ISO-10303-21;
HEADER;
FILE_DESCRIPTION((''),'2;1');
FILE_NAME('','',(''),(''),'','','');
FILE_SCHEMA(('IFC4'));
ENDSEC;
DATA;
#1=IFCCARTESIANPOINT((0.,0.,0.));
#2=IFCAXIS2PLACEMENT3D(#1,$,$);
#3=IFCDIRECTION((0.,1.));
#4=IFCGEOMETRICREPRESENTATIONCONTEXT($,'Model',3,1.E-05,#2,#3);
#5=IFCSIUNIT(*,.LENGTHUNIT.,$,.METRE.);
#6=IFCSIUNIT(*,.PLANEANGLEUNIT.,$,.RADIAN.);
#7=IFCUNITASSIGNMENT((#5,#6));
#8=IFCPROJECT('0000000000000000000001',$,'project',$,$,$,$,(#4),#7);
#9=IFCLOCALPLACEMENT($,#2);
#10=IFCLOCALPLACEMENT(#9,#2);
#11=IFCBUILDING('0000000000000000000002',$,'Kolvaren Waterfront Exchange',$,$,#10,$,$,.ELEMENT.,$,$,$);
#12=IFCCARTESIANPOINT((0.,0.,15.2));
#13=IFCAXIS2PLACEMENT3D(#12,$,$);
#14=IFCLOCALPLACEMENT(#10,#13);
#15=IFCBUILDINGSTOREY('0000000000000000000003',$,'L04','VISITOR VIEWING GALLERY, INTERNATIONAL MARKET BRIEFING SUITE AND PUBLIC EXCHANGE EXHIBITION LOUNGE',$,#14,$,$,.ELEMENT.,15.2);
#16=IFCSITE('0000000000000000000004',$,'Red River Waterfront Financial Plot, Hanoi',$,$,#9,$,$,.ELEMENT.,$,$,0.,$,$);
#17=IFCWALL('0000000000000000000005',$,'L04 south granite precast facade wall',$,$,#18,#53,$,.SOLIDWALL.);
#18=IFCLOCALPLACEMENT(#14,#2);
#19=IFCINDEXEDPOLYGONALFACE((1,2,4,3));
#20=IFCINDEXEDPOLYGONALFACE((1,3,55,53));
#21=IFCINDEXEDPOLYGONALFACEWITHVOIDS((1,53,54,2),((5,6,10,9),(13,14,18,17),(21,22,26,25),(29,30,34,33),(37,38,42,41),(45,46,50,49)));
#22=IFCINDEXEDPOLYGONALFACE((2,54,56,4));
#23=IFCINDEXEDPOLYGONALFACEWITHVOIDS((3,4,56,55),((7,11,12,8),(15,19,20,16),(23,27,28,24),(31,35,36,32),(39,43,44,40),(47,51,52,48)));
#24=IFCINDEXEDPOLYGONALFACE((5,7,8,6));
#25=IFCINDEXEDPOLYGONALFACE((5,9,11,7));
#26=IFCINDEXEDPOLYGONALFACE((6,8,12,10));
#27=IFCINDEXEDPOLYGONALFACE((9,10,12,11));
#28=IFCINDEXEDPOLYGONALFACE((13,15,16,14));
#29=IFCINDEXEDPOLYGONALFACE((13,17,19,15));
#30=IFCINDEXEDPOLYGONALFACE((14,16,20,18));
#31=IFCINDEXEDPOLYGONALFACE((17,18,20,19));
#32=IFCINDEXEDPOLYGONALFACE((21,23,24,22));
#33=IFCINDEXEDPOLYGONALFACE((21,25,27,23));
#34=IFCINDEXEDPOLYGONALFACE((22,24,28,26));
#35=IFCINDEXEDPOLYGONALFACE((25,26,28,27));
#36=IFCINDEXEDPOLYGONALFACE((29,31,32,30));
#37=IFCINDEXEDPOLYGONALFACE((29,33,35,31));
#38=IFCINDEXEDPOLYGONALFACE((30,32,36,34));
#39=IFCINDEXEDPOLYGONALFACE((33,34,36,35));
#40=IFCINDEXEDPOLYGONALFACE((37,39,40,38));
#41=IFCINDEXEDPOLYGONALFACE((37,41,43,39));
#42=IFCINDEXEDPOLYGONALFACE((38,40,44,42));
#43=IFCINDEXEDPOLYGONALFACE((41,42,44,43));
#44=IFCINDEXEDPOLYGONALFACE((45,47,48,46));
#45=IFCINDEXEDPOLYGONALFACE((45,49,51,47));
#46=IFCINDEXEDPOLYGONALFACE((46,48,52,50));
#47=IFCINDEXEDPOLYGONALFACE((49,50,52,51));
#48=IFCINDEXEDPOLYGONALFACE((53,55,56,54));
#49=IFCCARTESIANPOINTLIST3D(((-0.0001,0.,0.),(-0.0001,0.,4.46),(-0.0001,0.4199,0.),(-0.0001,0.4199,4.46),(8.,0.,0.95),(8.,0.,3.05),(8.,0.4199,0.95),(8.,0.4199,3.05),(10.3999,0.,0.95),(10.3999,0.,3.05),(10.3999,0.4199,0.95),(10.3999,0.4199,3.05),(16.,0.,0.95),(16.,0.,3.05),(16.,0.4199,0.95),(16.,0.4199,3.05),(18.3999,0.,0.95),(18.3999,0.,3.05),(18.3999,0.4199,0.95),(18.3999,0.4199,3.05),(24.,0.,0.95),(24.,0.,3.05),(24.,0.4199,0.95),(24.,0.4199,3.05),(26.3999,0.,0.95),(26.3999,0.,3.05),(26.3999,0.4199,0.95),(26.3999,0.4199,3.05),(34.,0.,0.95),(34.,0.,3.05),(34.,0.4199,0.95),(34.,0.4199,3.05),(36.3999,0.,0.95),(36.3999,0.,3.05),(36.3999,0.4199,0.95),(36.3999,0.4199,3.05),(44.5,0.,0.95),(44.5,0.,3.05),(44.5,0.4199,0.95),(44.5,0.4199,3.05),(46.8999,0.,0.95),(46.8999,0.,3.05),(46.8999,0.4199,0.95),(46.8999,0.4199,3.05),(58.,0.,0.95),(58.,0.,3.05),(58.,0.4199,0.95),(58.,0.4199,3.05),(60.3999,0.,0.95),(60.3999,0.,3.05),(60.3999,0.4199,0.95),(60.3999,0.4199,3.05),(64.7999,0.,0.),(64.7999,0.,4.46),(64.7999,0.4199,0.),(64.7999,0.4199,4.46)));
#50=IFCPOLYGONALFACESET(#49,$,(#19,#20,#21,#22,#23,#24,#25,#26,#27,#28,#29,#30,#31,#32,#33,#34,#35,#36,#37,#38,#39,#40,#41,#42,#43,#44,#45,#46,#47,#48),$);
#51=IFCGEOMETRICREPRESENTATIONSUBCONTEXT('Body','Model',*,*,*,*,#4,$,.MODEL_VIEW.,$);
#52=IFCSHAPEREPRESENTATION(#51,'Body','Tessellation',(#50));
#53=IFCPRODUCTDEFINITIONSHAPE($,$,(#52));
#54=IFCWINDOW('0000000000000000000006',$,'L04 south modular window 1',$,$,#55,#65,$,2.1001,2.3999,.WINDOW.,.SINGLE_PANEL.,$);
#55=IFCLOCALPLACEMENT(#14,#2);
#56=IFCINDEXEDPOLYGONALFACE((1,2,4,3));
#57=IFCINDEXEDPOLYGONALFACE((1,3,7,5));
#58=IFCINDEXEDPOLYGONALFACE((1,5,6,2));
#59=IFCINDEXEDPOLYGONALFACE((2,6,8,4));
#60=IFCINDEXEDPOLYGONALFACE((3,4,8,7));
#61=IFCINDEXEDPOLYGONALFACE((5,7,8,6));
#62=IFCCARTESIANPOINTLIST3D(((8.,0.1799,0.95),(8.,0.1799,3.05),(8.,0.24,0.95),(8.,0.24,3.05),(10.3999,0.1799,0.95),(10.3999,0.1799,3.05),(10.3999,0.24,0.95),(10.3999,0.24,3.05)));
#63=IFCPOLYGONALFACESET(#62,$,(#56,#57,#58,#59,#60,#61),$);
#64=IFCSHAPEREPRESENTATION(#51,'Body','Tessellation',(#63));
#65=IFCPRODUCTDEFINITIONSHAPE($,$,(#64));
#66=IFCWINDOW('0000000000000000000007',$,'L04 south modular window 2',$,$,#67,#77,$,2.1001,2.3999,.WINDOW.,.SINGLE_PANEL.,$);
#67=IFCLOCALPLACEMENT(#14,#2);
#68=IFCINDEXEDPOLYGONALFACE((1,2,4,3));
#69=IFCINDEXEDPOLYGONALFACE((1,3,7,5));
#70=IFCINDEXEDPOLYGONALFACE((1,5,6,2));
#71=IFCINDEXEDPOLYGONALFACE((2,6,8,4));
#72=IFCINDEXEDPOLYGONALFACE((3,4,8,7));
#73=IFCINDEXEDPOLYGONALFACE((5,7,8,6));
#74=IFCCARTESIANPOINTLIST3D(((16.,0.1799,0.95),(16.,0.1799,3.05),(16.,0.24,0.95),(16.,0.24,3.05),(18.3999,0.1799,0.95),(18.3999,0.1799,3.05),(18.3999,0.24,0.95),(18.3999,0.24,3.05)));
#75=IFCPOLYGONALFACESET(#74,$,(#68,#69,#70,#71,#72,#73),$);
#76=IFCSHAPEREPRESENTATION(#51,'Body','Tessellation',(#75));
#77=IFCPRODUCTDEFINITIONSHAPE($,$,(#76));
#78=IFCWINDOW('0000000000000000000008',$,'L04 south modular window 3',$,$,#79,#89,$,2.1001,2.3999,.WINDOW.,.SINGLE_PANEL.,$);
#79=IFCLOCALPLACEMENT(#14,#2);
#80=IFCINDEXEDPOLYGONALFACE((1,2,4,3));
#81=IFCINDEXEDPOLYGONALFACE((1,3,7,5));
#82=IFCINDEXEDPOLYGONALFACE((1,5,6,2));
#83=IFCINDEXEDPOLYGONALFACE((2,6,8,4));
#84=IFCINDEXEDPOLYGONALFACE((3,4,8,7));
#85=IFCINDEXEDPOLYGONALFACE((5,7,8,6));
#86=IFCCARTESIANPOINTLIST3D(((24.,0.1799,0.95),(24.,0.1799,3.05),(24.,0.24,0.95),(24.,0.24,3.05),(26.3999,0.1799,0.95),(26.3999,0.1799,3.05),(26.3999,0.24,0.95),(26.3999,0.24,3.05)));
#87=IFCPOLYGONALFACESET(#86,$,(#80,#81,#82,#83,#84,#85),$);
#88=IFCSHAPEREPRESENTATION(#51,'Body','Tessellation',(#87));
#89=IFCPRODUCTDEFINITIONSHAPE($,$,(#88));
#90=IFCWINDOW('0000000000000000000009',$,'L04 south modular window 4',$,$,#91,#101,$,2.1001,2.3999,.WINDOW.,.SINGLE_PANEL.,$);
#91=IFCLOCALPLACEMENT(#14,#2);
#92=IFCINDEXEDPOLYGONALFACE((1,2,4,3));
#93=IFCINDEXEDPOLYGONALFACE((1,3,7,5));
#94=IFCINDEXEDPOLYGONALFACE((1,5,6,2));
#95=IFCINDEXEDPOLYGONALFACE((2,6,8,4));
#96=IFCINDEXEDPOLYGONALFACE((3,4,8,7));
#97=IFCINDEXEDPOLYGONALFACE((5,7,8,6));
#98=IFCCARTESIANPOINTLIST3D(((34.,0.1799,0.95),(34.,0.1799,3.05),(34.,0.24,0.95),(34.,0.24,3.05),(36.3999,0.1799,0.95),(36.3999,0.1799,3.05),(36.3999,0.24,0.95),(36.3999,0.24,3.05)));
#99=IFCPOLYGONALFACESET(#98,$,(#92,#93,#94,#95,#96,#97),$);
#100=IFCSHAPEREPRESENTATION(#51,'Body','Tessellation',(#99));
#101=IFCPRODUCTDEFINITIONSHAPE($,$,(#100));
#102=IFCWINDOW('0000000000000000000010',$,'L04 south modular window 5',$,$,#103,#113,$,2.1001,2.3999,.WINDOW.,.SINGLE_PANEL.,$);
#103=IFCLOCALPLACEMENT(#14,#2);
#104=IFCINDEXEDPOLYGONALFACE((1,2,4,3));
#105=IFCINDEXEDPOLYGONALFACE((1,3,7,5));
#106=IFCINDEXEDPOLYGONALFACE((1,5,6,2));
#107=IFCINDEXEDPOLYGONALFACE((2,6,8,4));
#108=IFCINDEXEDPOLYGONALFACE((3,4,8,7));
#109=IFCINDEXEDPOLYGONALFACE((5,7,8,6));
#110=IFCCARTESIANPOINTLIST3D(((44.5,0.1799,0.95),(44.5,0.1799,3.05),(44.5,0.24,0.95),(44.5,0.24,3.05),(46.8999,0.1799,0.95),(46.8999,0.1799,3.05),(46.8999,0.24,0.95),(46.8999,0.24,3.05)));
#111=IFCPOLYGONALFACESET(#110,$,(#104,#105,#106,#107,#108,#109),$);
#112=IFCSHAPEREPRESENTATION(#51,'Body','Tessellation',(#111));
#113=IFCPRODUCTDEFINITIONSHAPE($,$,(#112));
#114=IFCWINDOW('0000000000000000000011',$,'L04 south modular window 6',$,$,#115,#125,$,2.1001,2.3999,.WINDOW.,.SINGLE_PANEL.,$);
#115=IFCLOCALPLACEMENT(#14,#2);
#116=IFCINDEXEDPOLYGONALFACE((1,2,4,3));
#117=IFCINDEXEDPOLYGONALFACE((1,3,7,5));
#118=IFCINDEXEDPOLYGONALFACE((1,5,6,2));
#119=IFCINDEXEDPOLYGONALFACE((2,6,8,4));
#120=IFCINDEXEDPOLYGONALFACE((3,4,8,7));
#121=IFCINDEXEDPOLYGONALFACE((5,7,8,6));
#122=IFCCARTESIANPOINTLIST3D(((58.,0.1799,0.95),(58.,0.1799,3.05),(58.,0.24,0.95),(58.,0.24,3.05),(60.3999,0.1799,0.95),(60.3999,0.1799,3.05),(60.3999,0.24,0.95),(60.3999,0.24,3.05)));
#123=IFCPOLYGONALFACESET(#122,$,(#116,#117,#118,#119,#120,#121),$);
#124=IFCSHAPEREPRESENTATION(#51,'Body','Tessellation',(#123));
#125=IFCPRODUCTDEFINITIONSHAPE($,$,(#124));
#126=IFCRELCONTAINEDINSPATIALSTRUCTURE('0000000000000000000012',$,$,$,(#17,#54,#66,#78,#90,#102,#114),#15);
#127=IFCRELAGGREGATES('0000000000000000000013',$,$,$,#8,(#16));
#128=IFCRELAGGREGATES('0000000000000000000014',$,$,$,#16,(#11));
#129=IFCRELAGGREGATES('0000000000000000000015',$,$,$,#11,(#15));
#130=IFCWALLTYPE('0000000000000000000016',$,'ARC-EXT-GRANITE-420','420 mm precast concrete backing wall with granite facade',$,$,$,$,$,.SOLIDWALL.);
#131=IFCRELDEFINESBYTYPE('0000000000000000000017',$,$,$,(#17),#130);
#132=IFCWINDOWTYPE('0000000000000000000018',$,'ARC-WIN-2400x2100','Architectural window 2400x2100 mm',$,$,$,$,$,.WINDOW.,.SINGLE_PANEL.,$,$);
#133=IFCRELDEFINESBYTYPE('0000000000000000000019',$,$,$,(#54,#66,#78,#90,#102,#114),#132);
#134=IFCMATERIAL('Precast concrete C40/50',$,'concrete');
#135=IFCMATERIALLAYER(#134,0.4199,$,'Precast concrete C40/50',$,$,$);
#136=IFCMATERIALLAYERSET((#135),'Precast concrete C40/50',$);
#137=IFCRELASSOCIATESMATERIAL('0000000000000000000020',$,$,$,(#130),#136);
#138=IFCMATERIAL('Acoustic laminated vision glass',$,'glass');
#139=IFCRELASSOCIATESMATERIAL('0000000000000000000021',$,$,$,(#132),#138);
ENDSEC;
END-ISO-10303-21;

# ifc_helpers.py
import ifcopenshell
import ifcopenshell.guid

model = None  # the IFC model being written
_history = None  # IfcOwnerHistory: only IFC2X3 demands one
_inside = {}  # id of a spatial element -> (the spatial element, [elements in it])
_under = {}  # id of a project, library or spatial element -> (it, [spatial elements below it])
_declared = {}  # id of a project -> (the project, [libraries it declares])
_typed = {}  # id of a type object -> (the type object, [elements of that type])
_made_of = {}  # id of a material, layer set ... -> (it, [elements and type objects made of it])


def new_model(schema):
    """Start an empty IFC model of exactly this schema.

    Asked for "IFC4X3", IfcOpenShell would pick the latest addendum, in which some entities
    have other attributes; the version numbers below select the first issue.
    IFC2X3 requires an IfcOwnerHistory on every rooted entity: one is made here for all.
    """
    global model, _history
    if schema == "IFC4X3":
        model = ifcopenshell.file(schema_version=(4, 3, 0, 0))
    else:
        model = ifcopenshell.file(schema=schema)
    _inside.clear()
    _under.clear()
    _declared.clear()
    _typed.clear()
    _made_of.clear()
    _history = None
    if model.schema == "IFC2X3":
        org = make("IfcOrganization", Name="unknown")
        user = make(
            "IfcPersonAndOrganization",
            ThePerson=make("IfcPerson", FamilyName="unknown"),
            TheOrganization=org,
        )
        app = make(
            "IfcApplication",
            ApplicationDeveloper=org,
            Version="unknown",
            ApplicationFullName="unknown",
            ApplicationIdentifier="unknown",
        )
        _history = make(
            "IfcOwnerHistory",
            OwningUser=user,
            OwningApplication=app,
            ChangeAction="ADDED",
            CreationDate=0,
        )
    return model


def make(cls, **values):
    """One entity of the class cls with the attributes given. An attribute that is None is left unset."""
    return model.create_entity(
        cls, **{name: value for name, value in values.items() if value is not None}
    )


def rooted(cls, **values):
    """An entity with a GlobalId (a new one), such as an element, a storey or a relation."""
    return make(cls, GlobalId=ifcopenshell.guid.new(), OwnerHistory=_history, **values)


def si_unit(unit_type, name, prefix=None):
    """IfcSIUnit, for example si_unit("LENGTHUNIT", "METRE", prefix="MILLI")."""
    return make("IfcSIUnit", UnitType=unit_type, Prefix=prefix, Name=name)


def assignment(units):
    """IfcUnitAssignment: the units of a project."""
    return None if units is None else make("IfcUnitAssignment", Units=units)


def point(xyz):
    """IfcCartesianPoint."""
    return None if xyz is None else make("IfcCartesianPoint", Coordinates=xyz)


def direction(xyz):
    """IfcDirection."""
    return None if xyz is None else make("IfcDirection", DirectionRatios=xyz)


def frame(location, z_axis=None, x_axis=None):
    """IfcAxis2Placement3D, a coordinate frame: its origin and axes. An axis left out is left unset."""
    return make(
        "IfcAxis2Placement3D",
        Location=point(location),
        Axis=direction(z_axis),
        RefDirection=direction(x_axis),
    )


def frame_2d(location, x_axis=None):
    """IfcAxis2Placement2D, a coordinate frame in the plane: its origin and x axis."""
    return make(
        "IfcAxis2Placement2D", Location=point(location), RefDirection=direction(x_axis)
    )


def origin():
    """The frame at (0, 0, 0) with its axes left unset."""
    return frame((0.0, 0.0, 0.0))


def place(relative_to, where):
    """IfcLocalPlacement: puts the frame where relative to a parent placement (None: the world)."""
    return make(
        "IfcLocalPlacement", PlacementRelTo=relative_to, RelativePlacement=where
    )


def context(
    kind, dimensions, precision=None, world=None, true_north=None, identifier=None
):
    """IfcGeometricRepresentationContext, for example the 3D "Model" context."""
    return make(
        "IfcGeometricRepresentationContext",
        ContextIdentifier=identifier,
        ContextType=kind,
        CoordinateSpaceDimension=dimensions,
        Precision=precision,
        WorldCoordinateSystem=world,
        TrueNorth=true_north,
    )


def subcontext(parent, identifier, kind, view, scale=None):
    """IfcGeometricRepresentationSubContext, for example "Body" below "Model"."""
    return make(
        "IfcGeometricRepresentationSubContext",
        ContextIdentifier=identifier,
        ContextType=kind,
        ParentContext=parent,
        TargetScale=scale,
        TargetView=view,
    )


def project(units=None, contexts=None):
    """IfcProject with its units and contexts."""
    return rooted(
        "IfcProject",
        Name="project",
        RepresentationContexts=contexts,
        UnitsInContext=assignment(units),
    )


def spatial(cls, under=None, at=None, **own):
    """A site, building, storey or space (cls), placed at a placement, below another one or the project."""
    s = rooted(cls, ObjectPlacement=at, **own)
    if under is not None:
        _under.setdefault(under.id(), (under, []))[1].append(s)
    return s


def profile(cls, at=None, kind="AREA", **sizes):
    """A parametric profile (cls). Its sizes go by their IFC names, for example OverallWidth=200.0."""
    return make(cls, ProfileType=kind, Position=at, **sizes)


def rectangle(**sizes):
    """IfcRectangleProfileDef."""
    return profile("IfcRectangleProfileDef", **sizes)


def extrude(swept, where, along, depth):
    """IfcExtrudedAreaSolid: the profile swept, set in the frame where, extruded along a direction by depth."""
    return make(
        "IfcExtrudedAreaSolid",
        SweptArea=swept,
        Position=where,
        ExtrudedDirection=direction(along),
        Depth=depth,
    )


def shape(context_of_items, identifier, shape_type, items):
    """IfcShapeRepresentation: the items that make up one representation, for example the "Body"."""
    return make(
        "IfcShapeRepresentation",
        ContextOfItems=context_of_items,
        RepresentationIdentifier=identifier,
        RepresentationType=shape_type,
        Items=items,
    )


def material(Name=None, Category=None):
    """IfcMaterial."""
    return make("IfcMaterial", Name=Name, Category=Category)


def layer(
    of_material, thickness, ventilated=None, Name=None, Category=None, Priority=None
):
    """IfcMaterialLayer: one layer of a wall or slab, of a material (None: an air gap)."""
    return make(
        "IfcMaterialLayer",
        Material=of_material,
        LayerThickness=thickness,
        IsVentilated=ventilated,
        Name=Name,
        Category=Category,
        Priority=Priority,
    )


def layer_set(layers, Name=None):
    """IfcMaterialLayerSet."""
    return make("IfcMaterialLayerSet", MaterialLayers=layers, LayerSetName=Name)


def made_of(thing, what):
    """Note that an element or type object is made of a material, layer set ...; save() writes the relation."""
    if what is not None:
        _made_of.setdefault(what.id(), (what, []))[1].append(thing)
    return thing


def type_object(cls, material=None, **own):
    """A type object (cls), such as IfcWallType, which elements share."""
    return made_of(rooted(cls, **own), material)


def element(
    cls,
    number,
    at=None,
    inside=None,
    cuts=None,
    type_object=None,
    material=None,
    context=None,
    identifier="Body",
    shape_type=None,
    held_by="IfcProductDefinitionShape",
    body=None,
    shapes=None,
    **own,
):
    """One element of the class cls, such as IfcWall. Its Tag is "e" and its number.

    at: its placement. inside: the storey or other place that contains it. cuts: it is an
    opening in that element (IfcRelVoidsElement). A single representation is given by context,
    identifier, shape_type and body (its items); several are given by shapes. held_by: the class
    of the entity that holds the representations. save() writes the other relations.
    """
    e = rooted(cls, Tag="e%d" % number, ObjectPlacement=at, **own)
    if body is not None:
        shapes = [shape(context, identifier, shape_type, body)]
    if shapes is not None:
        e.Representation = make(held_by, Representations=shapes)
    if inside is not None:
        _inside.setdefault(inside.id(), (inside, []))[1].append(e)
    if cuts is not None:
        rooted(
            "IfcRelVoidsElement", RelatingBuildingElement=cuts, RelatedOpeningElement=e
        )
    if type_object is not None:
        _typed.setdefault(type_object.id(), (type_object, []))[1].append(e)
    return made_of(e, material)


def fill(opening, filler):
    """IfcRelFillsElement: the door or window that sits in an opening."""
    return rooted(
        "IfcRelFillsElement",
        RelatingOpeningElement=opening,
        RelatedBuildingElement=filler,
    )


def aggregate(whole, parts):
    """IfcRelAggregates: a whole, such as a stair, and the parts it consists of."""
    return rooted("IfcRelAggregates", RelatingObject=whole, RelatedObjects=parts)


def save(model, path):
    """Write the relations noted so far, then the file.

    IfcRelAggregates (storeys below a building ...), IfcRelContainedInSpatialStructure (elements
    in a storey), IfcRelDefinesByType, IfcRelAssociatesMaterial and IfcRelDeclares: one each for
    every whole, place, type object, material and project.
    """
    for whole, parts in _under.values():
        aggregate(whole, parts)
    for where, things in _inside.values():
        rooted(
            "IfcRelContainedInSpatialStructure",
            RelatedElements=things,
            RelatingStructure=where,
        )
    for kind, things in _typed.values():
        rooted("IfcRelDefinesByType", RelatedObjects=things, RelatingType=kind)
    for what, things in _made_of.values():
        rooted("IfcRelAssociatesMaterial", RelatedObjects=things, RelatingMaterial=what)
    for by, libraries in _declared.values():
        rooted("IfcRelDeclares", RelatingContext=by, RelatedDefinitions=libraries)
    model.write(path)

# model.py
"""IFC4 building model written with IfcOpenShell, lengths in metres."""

from ifc_helpers import new_model, si_unit, direction, frame, frame_2d, origin, place, context, subcontext, project, spatial, rectangle, extrude, material, layer, layer_set, type_object, element, fill, save


model = new_model("IFC4")

# Units and contexts
model_context = context("Model", 3, precision=1e-05, world=origin(), true_north=direction((0.0, 1.0)))
body_context = subcontext(model_context, "Body", "Model", "MODEL_VIEW")
ifc_project = project(units=[si_unit("LENGTHUNIT", "METRE"), si_unit("PLANEANGLEUNIT", "RADIAN")], contexts=[model_context])

# Site, building, storey
site_placement = place(None, origin())
site = spatial("IfcSite", under=ifc_project, at=site_placement, Name="Red River Waterfront Financial Plot, Hanoi", CompositionType="ELEMENT", RefElevation=0.0)
building_placement = place(site_placement, origin())
building = spatial("IfcBuilding", under=site, at=building_placement, Name="Kolvaren Waterfront Exchange", CompositionType="ELEMENT")
storey_placement = place(building_placement, frame((0.0, 0.0, 15.2)))
storey = spatial("IfcBuildingStorey", under=building, at=storey_placement, Name="L04", Description="VISITOR VIEWING GALLERY, INTERNATIONAL MARKET BRIEFING SUITE AND PUBLIC EXCHANGE EXHIBITION LOUNGE", CompositionType="ELEMENT", Elevation=15.2)

# Wall, openings, windows
ifc_material_1 = material(Name="Precast concrete C40/50", Category="concrete")
ifc_layer_1 = layer(ifc_material_1, 0.4199, Name="Precast concrete C40/50")
ifc_layer_set_1 = layer_set([ifc_layer_1], Name="Precast concrete C40/50")
wall_type_1 = type_object("IfcWallType", Name="ARC-EXT-GRANITE-420", Description="420 mm precast concrete backing wall with granite facade", PredefinedType="SOLIDWALL", material=ifc_layer_set_1)
wall_1_placement = place(storey_placement, frame((0.0, 0.21, 0.0), z_axis=(0.0, 0.0, 1.0), x_axis=(1.0, 0.0, 0.0)))
wall_1 = element("IfcWall", 1, at=wall_1_placement, inside=storey, type_object=wall_type_1, Name="L04 south granite precast facade wall", PredefinedType="SOLIDWALL", context=body_context, shape_type="SweptSolid", body=[
    extrude(rectangle(XDim=64.8, YDim=0.4199, at=frame_2d((32.3999, 0.0))), origin(), (0.0, 0.0, 1.0), 4.46),
])
opening_1_placement = place(wall_1_placement, frame((8.0, 0.0, 0.95)))
opening_1 = element("IfcOpeningElement", 2, at=opening_1_placement, cuts=wall_1, PredefinedType="OPENING", context=body_context, shape_type="SweptSolid", body=[
    extrude(rectangle(XDim=2.3999, YDim=2.1001, at=frame_2d((1.2, 1.05))), frame((0.0, 0.22, 0.0), z_axis=(0.0, -1.0, 0.0), x_axis=(1.0, 0.0, 0.0)), (0.0, 0.0, 1.0), 0.4399),
])
opening_2_placement = place(wall_1_placement, frame((16.0, 0.0, 0.95)))
opening_2 = element("IfcOpeningElement", 3, at=opening_2_placement, cuts=wall_1, PredefinedType="OPENING", context=body_context, shape_type="SweptSolid", body=[
    extrude(rectangle(XDim=2.3999, YDim=2.1001, at=frame_2d((1.2, 1.05))), frame((0.0, 0.22, 0.0), z_axis=(0.0, -1.0, 0.0), x_axis=(1.0, 0.0, 0.0)), (0.0, 0.0, 1.0), 0.4399),
])
opening_3_placement = place(wall_1_placement, frame((24.0, 0.0, 0.95)))
opening_3 = element("IfcOpeningElement", 4, at=opening_3_placement, cuts=wall_1, PredefinedType="OPENING", context=body_context, shape_type="SweptSolid", body=[
    extrude(rectangle(XDim=2.3999, YDim=2.1001, at=frame_2d((1.2, 1.05))), frame((0.0, 0.22, 0.0), z_axis=(0.0, -1.0, 0.0), x_axis=(1.0, 0.0, 0.0)), (0.0, 0.0, 1.0), 0.4399),
])
opening_4_placement = place(wall_1_placement, frame((34.0, 0.0, 0.95)))
opening_4 = element("IfcOpeningElement", 5, at=opening_4_placement, cuts=wall_1, PredefinedType="OPENING", context=body_context, shape_type="SweptSolid", body=[
    extrude(rectangle(XDim=2.3999, YDim=2.1001, at=frame_2d((1.2, 1.05))), frame((0.0, 0.22, 0.0), z_axis=(0.0, -1.0, 0.0), x_axis=(1.0, 0.0, 0.0)), (0.0, 0.0, 1.0), 0.4399),
])
opening_5_placement = place(wall_1_placement, frame((44.5, 0.0, 0.95)))
opening_5 = element("IfcOpeningElement", 6, at=opening_5_placement, cuts=wall_1, PredefinedType="OPENING", context=body_context, shape_type="SweptSolid", body=[
    extrude(rectangle(XDim=2.3999, YDim=2.1001, at=frame_2d((1.2, 1.05))), frame((0.0, 0.22, 0.0), z_axis=(0.0, -1.0, 0.0), x_axis=(1.0, 0.0, 0.0)), (0.0, 0.0, 1.0), 0.4399),
])
opening_6_placement = place(wall_1_placement, frame((58.0, 0.0, 0.95)))
opening_6 = element("IfcOpeningElement", 7, at=opening_6_placement, cuts=wall_1, PredefinedType="OPENING", context=body_context, shape_type="SweptSolid", body=[
    extrude(rectangle(XDim=2.3999, YDim=2.1001, at=frame_2d((1.2, 1.05))), frame((0.0, 0.22, 0.0), z_axis=(0.0, -1.0, 0.0), x_axis=(1.0, 0.0, 0.0)), (0.0, 0.0, 1.0), 0.4399),
])
ifc_material_2 = material(Name="Acoustic laminated vision glass", Category="glass")
window_type = type_object("IfcWindowType", Name="ARC-WIN-2400x2100", Description="Architectural window 2400x2100 mm", PartitioningType="SINGLE_PANEL", PredefinedType="WINDOW", material=ifc_material_2)
window_1_placement = place(opening_1_placement, origin())
window_1 = element("IfcWindow", 8, at=window_1_placement, inside=storey, type_object=window_type, Name="L04 south modular window 1", OverallHeight=2.1001, OverallWidth=2.3999, PartitioningType="SINGLE_PANEL", PredefinedType="WINDOW", context=body_context, shape_type="SweptSolid", body=[
    extrude(rectangle(XDim=2.3999, YDim=2.1001, at=frame_2d((1.2, 1.05))), frame((0.0, 0.03, 0.0), z_axis=(0.0, -1.0, 0.0), x_axis=(1.0, 0.0, 0.0)), (0.0, 0.0, 1.0), 0.0601),
])
fill(opening_1, window_1)
window_2_placement = place(opening_2_placement, origin())
window_2 = element("IfcWindow", 9, at=window_2_placement, inside=storey, type_object=window_type, Name="L04 south modular window 2", OverallHeight=2.1001, OverallWidth=2.3999, PartitioningType="SINGLE_PANEL", PredefinedType="WINDOW", context=body_context, shape_type="SweptSolid", body=[
    extrude(rectangle(XDim=2.3999, YDim=2.1001, at=frame_2d((1.2, 1.05))), frame((0.0, 0.03, 0.0), z_axis=(0.0, -1.0, 0.0), x_axis=(1.0, 0.0, 0.0)), (0.0, 0.0, 1.0), 0.0601),
])
fill(opening_2, window_2)
window_3_placement = place(opening_3_placement, origin())
window_3 = element("IfcWindow", 10, at=window_3_placement, inside=storey, type_object=window_type, Name="L04 south modular window 3", OverallHeight=2.1001, OverallWidth=2.3999, PartitioningType="SINGLE_PANEL", PredefinedType="WINDOW", context=body_context, shape_type="SweptSolid", body=[
    extrude(rectangle(XDim=2.3999, YDim=2.1001, at=frame_2d((1.2, 1.05))), frame((0.0, 0.03, 0.0), z_axis=(0.0, -1.0, 0.0), x_axis=(1.0, 0.0, 0.0)), (0.0, 0.0, 1.0), 0.0601),
])
fill(opening_3, window_3)
window_4_placement = place(opening_4_placement, origin())
window_4 = element("IfcWindow", 11, at=window_4_placement, inside=storey, type_object=window_type, Name="L04 south modular window 4", OverallHeight=2.1001, OverallWidth=2.3999, PartitioningType="SINGLE_PANEL", PredefinedType="WINDOW", context=body_context, shape_type="SweptSolid", body=[
    extrude(rectangle(XDim=2.3999, YDim=2.1001, at=frame_2d((1.2, 1.05))), frame((0.0, 0.03, 0.0), z_axis=(0.0, -1.0, 0.0), x_axis=(1.0, 0.0, 0.0)), (0.0, 0.0, 1.0), 0.0601),
])
fill(opening_4, window_4)
window_5_placement = place(opening_5_placement, origin())
window_5 = element("IfcWindow", 12, at=window_5_placement, inside=storey, type_object=window_type, Name="L04 south modular window 5", OverallHeight=2.1001, OverallWidth=2.3999, PartitioningType="SINGLE_PANEL", PredefinedType="WINDOW", context=body_context, shape_type="SweptSolid", body=[
    extrude(rectangle(XDim=2.3999, YDim=2.1001, at=frame_2d((1.2, 1.05))), frame((0.0, 0.03, 0.0), z_axis=(0.0, -1.0, 0.0), x_axis=(1.0, 0.0, 0.0)), (0.0, 0.0, 1.0), 0.0601),
])
fill(opening_5, window_5)
window_6_placement = place(opening_6_placement, origin())
window_6 = element("IfcWindow", 13, at=window_6_placement, inside=storey, type_object=window_type, Name="L04 south modular window 6", OverallHeight=2.1001, OverallWidth=2.3999, PartitioningType="SINGLE_PANEL", PredefinedType="WINDOW", context=body_context, shape_type="SweptSolid", body=[
    extrude(rectangle(XDim=2.3999, YDim=2.1001, at=frame_2d((1.2, 1.05))), frame((0.0, 0.03, 0.0), z_axis=(0.0, -1.0, 0.0), x_axis=(1.0, 0.0, 0.0)), (0.0, 0.0, 1.0), 0.0601),
])
fill(opening_6, window_6)

save(model, "model.ifc")
